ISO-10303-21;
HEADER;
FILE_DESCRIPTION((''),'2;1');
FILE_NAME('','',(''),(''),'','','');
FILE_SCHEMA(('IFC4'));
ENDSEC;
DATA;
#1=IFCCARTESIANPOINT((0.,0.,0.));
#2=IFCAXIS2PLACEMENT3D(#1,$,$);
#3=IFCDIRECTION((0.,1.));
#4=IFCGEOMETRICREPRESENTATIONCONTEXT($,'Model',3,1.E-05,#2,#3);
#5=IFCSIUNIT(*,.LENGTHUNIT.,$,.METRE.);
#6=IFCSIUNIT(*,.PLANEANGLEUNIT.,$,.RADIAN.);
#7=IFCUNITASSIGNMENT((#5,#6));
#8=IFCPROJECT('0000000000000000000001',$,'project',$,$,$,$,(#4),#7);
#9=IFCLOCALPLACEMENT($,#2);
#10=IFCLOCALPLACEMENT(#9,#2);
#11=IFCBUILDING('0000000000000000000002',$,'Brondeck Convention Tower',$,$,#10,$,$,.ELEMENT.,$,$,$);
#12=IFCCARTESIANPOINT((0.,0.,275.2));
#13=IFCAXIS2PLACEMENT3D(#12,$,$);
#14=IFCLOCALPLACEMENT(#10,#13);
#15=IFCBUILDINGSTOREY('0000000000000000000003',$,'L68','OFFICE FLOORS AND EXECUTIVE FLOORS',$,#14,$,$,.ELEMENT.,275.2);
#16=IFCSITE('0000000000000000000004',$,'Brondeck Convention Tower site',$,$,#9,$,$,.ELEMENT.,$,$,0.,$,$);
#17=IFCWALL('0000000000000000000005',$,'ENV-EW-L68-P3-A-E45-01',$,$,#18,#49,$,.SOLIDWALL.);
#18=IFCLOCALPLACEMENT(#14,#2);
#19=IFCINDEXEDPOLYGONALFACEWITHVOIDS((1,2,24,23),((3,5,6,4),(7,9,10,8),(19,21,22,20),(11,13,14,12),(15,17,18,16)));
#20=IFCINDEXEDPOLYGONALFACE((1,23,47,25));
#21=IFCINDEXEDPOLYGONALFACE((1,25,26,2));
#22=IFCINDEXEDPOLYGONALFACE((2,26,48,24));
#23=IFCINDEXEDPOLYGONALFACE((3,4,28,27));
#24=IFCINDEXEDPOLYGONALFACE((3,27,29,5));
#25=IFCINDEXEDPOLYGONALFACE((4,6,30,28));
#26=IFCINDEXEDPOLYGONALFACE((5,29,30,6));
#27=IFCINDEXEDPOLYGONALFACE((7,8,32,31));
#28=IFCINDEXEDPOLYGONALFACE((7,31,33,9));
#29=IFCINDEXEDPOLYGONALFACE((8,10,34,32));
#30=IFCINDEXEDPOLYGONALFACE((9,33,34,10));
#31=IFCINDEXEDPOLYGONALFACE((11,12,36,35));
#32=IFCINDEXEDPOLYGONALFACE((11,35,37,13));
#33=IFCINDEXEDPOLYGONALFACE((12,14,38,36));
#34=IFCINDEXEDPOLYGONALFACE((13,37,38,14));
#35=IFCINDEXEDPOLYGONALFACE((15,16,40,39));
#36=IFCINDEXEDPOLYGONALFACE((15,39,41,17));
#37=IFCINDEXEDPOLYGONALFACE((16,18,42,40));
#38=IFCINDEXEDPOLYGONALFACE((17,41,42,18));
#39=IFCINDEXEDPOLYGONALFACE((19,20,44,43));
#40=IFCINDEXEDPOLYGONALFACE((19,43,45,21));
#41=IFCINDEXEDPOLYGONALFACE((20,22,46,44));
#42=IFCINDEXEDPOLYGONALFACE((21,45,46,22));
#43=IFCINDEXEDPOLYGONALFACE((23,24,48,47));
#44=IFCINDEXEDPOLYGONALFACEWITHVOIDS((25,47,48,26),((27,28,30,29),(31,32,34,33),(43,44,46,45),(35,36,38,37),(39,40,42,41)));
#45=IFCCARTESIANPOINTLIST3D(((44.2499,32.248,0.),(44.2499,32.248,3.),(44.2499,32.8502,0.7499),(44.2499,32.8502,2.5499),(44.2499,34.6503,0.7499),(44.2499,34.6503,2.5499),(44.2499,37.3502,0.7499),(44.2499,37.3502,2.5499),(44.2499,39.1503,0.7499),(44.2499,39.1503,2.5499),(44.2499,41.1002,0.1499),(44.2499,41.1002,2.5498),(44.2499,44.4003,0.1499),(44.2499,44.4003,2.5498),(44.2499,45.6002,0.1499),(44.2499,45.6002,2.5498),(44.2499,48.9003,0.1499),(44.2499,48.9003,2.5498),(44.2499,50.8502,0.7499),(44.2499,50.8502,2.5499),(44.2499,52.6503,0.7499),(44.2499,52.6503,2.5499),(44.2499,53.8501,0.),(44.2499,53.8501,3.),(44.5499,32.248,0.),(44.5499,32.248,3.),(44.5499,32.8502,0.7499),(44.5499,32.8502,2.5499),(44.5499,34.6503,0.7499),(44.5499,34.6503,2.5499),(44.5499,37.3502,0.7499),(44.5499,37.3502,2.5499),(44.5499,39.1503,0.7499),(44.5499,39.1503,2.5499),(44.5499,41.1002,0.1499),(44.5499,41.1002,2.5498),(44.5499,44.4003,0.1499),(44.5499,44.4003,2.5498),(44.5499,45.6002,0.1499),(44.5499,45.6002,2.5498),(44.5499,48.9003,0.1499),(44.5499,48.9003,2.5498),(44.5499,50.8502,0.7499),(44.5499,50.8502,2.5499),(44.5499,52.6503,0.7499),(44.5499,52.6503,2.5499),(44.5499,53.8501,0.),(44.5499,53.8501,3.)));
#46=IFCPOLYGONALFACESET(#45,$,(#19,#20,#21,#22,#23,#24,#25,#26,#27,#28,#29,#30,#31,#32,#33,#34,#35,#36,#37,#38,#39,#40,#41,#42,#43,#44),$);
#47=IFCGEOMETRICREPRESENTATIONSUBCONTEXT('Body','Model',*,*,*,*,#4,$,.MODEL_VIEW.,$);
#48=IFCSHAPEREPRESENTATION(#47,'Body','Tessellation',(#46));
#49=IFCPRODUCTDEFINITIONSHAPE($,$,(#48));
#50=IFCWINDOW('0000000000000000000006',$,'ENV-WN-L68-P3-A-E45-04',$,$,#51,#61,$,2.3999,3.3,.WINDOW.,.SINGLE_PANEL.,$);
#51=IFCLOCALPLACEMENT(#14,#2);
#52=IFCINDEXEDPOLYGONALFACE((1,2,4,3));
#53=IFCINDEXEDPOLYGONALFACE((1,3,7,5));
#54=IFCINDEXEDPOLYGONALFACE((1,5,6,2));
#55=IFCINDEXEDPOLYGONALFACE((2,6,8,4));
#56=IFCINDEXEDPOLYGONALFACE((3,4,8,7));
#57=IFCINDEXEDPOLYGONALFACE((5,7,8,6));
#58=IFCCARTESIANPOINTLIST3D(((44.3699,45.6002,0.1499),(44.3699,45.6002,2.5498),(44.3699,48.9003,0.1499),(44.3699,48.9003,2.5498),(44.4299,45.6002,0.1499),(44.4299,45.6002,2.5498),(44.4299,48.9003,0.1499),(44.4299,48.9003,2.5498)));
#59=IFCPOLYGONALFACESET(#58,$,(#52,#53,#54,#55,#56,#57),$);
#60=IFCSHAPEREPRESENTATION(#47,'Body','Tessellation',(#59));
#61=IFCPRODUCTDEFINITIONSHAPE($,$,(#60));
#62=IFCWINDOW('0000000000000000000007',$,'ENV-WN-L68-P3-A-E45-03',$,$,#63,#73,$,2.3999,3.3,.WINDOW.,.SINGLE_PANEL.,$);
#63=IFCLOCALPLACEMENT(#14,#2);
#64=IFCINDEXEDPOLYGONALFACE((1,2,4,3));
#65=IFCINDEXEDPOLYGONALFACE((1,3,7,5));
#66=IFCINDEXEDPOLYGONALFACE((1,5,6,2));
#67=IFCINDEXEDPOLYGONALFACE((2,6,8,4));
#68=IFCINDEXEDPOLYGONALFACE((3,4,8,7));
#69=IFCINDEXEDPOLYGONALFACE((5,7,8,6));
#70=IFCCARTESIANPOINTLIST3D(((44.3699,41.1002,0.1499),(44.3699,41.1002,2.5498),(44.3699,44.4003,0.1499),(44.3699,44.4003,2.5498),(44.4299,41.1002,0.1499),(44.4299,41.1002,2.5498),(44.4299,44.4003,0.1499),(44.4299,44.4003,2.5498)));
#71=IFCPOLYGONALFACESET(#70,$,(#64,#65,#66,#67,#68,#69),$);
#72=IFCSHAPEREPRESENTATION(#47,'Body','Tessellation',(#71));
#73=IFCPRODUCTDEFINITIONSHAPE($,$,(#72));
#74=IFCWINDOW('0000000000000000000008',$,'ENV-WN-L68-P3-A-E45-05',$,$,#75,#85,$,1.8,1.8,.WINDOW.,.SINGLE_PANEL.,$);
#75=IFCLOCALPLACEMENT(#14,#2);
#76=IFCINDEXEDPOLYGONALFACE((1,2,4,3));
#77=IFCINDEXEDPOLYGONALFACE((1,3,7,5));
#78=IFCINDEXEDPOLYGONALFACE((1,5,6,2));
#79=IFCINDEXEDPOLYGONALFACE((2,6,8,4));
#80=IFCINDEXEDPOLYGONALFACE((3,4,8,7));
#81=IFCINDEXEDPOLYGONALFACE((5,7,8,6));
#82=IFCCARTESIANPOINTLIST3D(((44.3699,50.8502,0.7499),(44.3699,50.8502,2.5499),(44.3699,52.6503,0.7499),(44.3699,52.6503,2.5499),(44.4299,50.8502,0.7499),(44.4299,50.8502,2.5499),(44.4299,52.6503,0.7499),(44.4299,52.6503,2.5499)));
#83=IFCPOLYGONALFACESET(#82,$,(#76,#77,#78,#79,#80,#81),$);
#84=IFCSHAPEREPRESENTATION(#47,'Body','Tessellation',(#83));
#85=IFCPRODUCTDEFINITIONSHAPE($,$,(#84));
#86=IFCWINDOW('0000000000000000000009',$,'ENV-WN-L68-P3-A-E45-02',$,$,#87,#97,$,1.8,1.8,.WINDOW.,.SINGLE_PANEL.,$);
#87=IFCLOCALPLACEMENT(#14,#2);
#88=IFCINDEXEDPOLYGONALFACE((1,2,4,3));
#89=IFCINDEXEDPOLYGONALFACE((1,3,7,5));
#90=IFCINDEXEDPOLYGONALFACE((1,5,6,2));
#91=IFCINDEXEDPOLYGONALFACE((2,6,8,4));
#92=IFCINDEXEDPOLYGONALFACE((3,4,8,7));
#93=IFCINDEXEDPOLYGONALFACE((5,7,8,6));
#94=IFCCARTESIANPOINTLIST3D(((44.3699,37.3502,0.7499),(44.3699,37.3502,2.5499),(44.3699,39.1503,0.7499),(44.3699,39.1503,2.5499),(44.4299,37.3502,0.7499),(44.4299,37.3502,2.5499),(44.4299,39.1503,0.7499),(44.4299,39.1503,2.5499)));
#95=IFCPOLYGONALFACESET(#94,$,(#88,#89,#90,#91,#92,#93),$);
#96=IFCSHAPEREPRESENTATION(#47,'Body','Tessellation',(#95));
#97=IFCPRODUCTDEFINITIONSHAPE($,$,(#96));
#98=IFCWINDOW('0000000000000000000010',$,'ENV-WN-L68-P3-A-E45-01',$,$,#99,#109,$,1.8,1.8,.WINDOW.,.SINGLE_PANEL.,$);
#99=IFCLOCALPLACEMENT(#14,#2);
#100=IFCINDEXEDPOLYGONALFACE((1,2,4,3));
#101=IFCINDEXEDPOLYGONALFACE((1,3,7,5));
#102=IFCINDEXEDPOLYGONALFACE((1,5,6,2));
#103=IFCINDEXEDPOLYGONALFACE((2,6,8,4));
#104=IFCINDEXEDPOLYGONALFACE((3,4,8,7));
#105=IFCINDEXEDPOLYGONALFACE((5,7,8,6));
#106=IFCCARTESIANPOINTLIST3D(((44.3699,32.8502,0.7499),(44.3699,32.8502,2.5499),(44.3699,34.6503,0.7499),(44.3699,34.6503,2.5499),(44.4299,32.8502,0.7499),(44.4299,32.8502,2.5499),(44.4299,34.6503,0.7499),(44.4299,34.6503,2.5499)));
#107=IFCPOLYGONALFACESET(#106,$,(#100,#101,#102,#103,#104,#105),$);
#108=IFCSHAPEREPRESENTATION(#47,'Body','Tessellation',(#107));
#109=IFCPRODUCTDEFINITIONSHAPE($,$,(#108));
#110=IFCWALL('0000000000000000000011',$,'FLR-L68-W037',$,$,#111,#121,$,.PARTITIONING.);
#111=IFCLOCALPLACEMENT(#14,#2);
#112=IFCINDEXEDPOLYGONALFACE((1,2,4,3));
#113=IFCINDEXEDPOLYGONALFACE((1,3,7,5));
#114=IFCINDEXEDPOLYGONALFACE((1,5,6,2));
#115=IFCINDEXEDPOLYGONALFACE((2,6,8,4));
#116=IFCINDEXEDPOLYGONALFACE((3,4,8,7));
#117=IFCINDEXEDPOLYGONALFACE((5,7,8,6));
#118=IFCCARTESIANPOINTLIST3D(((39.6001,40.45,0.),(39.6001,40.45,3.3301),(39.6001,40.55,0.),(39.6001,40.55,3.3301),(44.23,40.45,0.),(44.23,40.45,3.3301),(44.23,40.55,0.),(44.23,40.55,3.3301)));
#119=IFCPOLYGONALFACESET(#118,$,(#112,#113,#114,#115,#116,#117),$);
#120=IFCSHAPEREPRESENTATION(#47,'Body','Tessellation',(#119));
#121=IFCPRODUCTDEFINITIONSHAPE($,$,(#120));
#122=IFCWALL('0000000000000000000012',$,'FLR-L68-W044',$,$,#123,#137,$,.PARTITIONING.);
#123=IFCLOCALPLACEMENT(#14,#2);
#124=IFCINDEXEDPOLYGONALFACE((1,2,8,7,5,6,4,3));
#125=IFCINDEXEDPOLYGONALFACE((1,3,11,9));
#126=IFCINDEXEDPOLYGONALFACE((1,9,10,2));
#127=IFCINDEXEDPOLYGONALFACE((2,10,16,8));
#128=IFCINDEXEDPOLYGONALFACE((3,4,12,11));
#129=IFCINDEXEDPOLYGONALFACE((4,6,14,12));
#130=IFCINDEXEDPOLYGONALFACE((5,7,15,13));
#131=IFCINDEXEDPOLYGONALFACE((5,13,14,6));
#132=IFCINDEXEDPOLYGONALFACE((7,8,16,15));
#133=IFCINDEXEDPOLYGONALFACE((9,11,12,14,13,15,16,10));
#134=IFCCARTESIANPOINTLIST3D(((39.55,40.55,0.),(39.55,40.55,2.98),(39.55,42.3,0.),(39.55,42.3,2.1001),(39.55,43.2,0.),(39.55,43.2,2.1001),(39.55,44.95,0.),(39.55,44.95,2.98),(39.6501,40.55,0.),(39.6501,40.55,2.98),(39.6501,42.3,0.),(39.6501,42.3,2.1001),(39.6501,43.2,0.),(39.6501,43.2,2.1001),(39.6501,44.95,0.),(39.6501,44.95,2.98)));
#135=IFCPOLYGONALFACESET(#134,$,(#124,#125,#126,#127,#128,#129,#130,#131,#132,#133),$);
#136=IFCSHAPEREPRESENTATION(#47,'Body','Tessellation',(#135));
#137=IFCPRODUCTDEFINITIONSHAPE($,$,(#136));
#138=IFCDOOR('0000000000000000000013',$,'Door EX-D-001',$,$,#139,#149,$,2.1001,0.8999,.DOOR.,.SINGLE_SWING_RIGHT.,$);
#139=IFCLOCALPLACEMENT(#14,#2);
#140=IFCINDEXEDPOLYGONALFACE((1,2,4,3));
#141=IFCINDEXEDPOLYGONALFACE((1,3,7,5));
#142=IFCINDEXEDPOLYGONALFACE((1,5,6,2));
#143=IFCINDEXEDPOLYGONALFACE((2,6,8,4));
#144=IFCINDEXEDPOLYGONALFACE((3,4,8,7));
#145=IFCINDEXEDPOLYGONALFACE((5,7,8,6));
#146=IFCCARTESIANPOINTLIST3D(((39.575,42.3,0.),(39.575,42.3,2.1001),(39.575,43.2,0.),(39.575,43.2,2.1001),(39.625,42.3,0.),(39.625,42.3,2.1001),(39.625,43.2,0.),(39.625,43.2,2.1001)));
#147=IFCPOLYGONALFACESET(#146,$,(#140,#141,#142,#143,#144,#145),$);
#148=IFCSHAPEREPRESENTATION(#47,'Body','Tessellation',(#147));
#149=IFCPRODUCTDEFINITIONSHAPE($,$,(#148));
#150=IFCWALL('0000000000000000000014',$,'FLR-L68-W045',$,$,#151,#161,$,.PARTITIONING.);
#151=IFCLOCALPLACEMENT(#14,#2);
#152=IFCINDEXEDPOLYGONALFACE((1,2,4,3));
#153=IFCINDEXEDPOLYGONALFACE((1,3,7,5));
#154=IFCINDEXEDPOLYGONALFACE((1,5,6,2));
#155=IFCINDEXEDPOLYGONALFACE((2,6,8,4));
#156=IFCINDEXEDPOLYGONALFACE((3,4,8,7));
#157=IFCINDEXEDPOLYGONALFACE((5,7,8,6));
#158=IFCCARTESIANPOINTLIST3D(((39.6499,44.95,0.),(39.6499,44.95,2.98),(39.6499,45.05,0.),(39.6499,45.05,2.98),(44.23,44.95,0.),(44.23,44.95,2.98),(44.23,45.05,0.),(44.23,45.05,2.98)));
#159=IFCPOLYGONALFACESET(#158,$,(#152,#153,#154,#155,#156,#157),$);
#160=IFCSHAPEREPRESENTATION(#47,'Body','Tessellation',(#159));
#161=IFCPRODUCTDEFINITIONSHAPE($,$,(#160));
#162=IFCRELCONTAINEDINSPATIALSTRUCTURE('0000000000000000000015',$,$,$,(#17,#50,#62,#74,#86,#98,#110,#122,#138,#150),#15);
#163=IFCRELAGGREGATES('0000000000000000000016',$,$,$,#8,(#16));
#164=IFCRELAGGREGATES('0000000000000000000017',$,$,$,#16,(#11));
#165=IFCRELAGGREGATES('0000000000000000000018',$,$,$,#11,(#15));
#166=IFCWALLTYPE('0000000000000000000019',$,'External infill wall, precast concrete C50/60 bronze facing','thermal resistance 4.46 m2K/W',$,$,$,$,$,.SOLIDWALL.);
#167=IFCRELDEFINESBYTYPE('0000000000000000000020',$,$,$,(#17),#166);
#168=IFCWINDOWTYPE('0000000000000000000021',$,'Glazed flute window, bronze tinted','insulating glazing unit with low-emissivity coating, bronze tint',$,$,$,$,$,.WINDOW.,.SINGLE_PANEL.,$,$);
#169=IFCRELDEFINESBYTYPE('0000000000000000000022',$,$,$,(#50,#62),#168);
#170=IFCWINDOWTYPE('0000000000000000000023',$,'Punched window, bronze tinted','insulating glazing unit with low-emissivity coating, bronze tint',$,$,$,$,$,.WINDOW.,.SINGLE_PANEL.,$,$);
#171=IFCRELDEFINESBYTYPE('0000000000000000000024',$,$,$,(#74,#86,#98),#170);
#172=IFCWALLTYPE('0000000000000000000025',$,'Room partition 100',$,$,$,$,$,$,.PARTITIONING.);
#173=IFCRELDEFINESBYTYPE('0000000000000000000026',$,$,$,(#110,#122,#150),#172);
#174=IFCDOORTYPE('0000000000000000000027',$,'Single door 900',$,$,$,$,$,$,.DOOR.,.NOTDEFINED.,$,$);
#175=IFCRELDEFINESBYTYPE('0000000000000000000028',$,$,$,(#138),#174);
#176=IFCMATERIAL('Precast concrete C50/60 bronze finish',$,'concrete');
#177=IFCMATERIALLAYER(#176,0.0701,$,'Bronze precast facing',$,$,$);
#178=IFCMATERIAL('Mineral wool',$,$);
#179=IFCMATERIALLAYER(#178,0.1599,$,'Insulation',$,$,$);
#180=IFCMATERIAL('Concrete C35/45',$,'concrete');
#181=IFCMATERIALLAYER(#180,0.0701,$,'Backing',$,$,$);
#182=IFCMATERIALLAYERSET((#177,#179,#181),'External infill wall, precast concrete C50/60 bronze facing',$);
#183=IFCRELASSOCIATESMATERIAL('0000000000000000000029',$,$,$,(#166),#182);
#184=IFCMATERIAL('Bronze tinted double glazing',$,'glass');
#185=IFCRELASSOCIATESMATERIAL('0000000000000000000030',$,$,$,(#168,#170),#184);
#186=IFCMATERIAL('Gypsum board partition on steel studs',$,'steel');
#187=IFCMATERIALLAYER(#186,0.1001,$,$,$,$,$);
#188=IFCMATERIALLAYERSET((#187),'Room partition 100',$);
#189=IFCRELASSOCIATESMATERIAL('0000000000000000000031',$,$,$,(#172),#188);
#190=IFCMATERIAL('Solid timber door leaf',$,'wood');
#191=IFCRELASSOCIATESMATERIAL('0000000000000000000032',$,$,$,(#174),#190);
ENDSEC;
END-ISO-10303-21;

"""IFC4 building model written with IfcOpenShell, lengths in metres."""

from ifc_helpers import new_model, si_unit, direction, frame, frame_2d, origin, place, context, subcontext, project, spatial, rectangle, extrude, material, layer, layer_set, type_object, element, fill, save


model = new_model("IFC4")

# Units and contexts
model_context = context("Model", 3, precision=1e-05, world=origin(), true_north=direction((0.0, 1.0)))
body_context = subcontext(model_context, "Body", "Model", "MODEL_VIEW")
ifc_project = project(units=[si_unit("LENGTHUNIT", "METRE"), si_unit("PLANEANGLEUNIT", "RADIAN")], contexts=[model_context])

# Site, building, storey
site_placement = place(None, origin())
site = spatial("IfcSite", under=ifc_project, at=site_placement, Name="Brondeck Convention Tower site", CompositionType="ELEMENT", RefElevation=0.0)
building_placement = place(site_placement, origin())
building = spatial("IfcBuilding", under=site, at=building_placement, Name="Brondeck Convention Tower", CompositionType="ELEMENT")
storey_placement = place(building_placement, frame((0.0, 0.0, 275.2)))
storey = spatial("IfcBuildingStorey", under=building, at=storey_placement, Name="L68", Description="OFFICE FLOORS AND EXECUTIVE FLOORS", CompositionType="ELEMENT", Elevation=275.2)

# Wall, openings, windows
ifc_material_1 = material(Name="Precast concrete C50/60 bronze finish", Category="concrete")
ifc_layer_1 = layer(ifc_material_1, 0.0701, Name="Bronze precast facing")
ifc_material_2 = material(Name="Mineral wool")
ifc_layer_2 = layer(ifc_material_2, 0.1599, Name="Insulation")
ifc_material_3 = material(Name="Concrete C35/45", Category="concrete")
ifc_layer_3 = layer(ifc_material_3, 0.0701, Name="Backing")
ifc_layer_set_1 = layer_set([ifc_layer_1, ifc_layer_2, ifc_layer_3], Name="External infill wall, precast concrete C50/60 bronze facing")
wall_type_1 = type_object("IfcWallType", Name="External infill wall, precast concrete C50/60 bronze facing", Description="thermal resistance 4.46 m2K/W", PredefinedType="SOLIDWALL", material=ifc_layer_set_1)
wall_1_placement = place(storey_placement, frame((44.3999, 53.8501, 0.0), z_axis=(0.0, 0.0, 1.0), x_axis=(0.0, -1.0, 0.0)))
wall_1 = element("IfcWall", 1, at=wall_1_placement, inside=storey, type_object=wall_type_1, Name="ENV-EW-L68-P3-A-E45-01", PredefinedType="SOLIDWALL", context=body_context, shape_type="SweptSolid", body=[
    extrude(rectangle(XDim=21.6021, YDim=0.3, at=frame_2d((10.801, 0.0))), origin(), (0.0, 0.0, 1.0), 3.0),
])
opening_1_placement = place(wall_1_placement, frame((1.2, 0.0, 0.75)))
opening_1 = element("IfcOpeningElement", 2, at=opening_1_placement, cuts=wall_1, PredefinedType="OPENING", context=body_context, shape_type="SweptSolid", body=[
    extrude(rectangle(XDim=1.8, YDim=1.8, at=frame_2d((0.8999, 0.8999))), frame((0.0, 0.1599, 0.0), z_axis=(0.0, -1.0, 0.0), x_axis=(1.0, 0.0, 0.0)), (0.0, 0.0, 1.0), 0.3201),
])
opening_2_placement = place(wall_1_placement, frame((4.95, 0.0, 0.1499)))
opening_2 = element("IfcOpeningElement", 3, at=opening_2_placement, cuts=wall_1, PredefinedType="OPENING", context=body_context, shape_type="SweptSolid", body=[
    extrude(rectangle(XDim=3.3, YDim=2.3999, at=frame_2d((1.6499, 1.2))), frame((0.0, 0.1599, 0.0), z_axis=(0.0, -1.0, 0.0), x_axis=(1.0, 0.0, 0.0)), (0.0, 0.0, 1.0), 0.3201),
])
opening_3_placement = place(wall_1_placement, frame((9.45, 0.0, 0.1499)))
opening_3 = element("IfcOpeningElement", 4, at=opening_3_placement, cuts=wall_1, PredefinedType="OPENING", context=body_context, shape_type="SweptSolid", body=[
    extrude(rectangle(XDim=3.3, YDim=2.3999, at=frame_2d((1.6499, 1.2))), frame((0.0, 0.1599, 0.0), z_axis=(0.0, -1.0, 0.0), x_axis=(1.0, 0.0, 0.0)), (0.0, 0.0, 1.0), 0.3201),
])
opening_4_placement = place(wall_1_placement, frame((14.7, 0.0, 0.75)))
opening_4 = element("IfcOpeningElement", 5, at=opening_4_placement, cuts=wall_1, PredefinedType="OPENING", context=body_context, shape_type="SweptSolid", body=[
    extrude(rectangle(XDim=1.8, YDim=1.8, at=frame_2d((0.8999, 0.8999))), frame((0.0, 0.1599, 0.0), z_axis=(0.0, -1.0, 0.0), x_axis=(1.0, 0.0, 0.0)), (0.0, 0.0, 1.0), 0.3201),
])
opening_5_placement = place(wall_1_placement, frame((19.2, 0.0, 0.75)))
opening_5 = element("IfcOpeningElement", 6, at=opening_5_placement, cuts=wall_1, PredefinedType="OPENING", context=body_context, shape_type="SweptSolid", body=[
    extrude(rectangle(XDim=1.8, YDim=1.8, at=frame_2d((0.8999, 0.8999))), frame((0.0, 0.1599, 0.0), z_axis=(0.0, -1.0, 0.0), x_axis=(1.0, 0.0, 0.0)), (0.0, 0.0, 1.0), 0.3201),
])
ifc_material_4 = material(Name="Bronze tinted double glazing", Category="glass")
window_type_1 = type_object("IfcWindowType", Name="Glazed flute window, bronze tinted", Description="insulating glazing unit with low-emissivity coating, bronze tint", PartitioningType="SINGLE_PANEL", PredefinedType="WINDOW", material=ifc_material_4)
window_1_placement = place(opening_2_placement, origin())
window_1 = element("IfcWindow", 7, at=window_1_placement, inside=storey, type_object=window_type_1, Name="ENV-WN-L68-P3-A-E45-04", OverallHeight=2.3999, OverallWidth=3.3, PartitioningType="SINGLE_PANEL", PredefinedType="WINDOW", context=body_context, shape_type="SweptSolid", body=[
    extrude(rectangle(XDim=3.3, YDim=2.3999, at=frame_2d((1.6499, 1.2))), frame((0.0, 0.03, 0.0), z_axis=(0.0, -1.0, 0.0), x_axis=(1.0, 0.0, 0.0)), (0.0, 0.0, 1.0), 0.0601),
])
fill(opening_2, window_1)
window_2_placement = place(opening_3_placement, origin())
window_2 = element("IfcWindow", 8, at=window_2_placement, inside=storey, type_object=window_type_1, Name="ENV-WN-L68-P3-A-E45-03", OverallHeight=2.3999, OverallWidth=3.3, PartitioningType="SINGLE_PANEL", PredefinedType="WINDOW", context=body_context, shape_type="SweptSolid", body=[
    extrude(rectangle(XDim=3.3, YDim=2.3999, at=frame_2d((1.6499, 1.2))), frame((0.0, 0.03, 0.0), z_axis=(0.0, -1.0, 0.0), x_axis=(1.0, 0.0, 0.0)), (0.0, 0.0, 1.0), 0.0601),
])
fill(opening_3, window_2)
window_type_2 = type_object("IfcWindowType", Name="Punched window, bronze tinted", Description="insulating glazing unit with low-emissivity coating, bronze tint", PartitioningType="SINGLE_PANEL", PredefinedType="WINDOW", material=ifc_material_4)
window_3_placement = place(opening_1_placement, origin())
window_3 = element("IfcWindow", 9, at=window_3_placement, inside=storey, type_object=window_type_2, Name="ENV-WN-L68-P3-A-E45-05", OverallHeight=1.8, OverallWidth=1.8, PartitioningType="SINGLE_PANEL", PredefinedType="WINDOW", context=body_context, shape_type="SweptSolid", body=[
    extrude(rectangle(XDim=1.8, YDim=1.8, at=frame_2d((0.8999, 0.8999))), frame((0.0, 0.03, 0.0), z_axis=(0.0, -1.0, 0.0), x_axis=(1.0, 0.0, 0.0)), (0.0, 0.0, 1.0), 0.0601),
])
fill(opening_1, window_3)
window_4_placement = place(opening_4_placement, origin())
window_4 = element("IfcWindow", 10, at=window_4_placement, inside=storey, type_object=window_type_2, Name="ENV-WN-L68-P3-A-E45-02", OverallHeight=1.8, OverallWidth=1.8, PartitioningType="SINGLE_PANEL", PredefinedType="WINDOW", context=body_context, shape_type="SweptSolid", body=[
    extrude(rectangle(XDim=1.8, YDim=1.8, at=frame_2d((0.8999, 0.8999))), frame((0.0, 0.03, 0.0), z_axis=(0.0, -1.0, 0.0), x_axis=(1.0, 0.0, 0.0)), (0.0, 0.0, 1.0), 0.0601),
])
fill(opening_4, window_4)
window_5_placement = place(opening_5_placement, origin())
window_5 = element("IfcWindow", 11, at=window_5_placement, inside=storey, type_object=window_type_2, Name="ENV-WN-L68-P3-A-E45-01", OverallHeight=1.8, OverallWidth=1.8, PartitioningType="SINGLE_PANEL", PredefinedType="WINDOW", context=body_context, shape_type="SweptSolid", body=[
    extrude(rectangle(XDim=1.8, YDim=1.8, at=frame_2d((0.8999, 0.8999))), frame((0.0, 0.03, 0.0), z_axis=(0.0, -1.0, 0.0), x_axis=(1.0, 0.0, 0.0)), (0.0, 0.0, 1.0), 0.0601),
])
fill(opening_5, window_5)

# Wall
ifc_material_5 = material(Name="Gypsum board partition on steel studs", Category="steel")
ifc_layer_4 = layer(ifc_material_5, 0.1001)
ifc_layer_set_2 = layer_set([ifc_layer_4], Name="Room partition 100")
wall_type_2 = type_object("IfcWallType", Name="Room partition 100", PredefinedType="PARTITIONING", material=ifc_layer_set_2)
wall_2_placement = place(storey_placement, frame((44.23, 40.5, 0.0), z_axis=(0.0, 0.0, 1.0), x_axis=(-1.0, 0.0, 0.0)))
element("IfcWall", 12, at=wall_2_placement, inside=storey, type_object=wall_type_2, Name="FLR-L68-W037", PredefinedType="PARTITIONING", context=body_context, shape_type="SweptSolid", body=[
    extrude(rectangle(XDim=4.6299, YDim=0.1001, at=frame_2d((2.3149, 0.0))), origin(), (0.0, 0.0, 1.0), 3.3301),
])

# Wall, opening, door
wall_3_placement = place(storey_placement, frame((39.6001, 44.95, 0.0), z_axis=(0.0, 0.0, 1.0), x_axis=(0.0, -1.0, 0.0)))
wall_3 = element("IfcWall", 13, at=wall_3_placement, inside=storey, type_object=wall_type_2, Name="FLR-L68-W044", PredefinedType="PARTITIONING", context=body_context, shape_type="SweptSolid", body=[
    extrude(rectangle(XDim=4.3999, YDim=0.1001, at=frame_2d((2.2, 0.0))), origin(), (0.0, 0.0, 1.0), 2.98),
])
opening_6_placement = place(wall_3_placement, frame((1.75, 0.0, 0.0)))
opening_6 = element("IfcOpeningElement", 14, at=opening_6_placement, cuts=wall_3, PredefinedType="OPENING", context=body_context, shape_type="SweptSolid", body=[
    extrude(rectangle(XDim=0.8999, YDim=2.1001, at=frame_2d((0.45, 1.05))), frame((0.0, 0.0601, 0.0), z_axis=(0.0, -1.0, 0.0), x_axis=(1.0, 0.0, 0.0)), (0.0, 0.0, 1.0), 0.1201),
])
ifc_material_6 = material(Name="Solid timber door leaf", Category="wood")
door_type_1 = type_object("IfcDoorType", Name="Single door 900", OperationType="NOTDEFINED", PredefinedType="DOOR", material=ifc_material_6)
door_1_placement = place(opening_6_placement, origin())
door_1 = element("IfcDoor", 15, at=door_1_placement, inside=storey, type_object=door_type_1, Name="Door EX-D-001", OperationType="SINGLE_SWING_RIGHT", OverallHeight=2.1001, OverallWidth=0.8999, PredefinedType="DOOR", context=body_context, shape_type="SweptSolid", body=[
    extrude(rectangle(XDim=0.8999, YDim=2.1001, at=frame_2d((0.45, 1.05))), frame((0.0, 0.0249, 0.0), z_axis=(0.0, -1.0, 0.0), x_axis=(1.0, 0.0, 0.0)), (0.0, 0.0, 1.0), 0.05),
])
fill(opening_6, door_1)

# Wall
wall_4_placement = place(storey_placement, frame((39.6499, 45.0, 0.0), z_axis=(0.0, 0.0, 1.0), x_axis=(1.0, 0.0, 0.0)))
element("IfcWall", 16, at=wall_4_placement, inside=storey, type_object=wall_type_2, Name="FLR-L68-W045", PredefinedType="PARTITIONING", context=body_context, shape_type="SweptSolid", body=[
    extrude(rectangle(XDim=4.5801, YDim=0.1001, at=frame_2d((2.29, 0.0))), origin(), (0.0, 0.0, 1.0), 2.98),
])

save(model, "model.ifc")
